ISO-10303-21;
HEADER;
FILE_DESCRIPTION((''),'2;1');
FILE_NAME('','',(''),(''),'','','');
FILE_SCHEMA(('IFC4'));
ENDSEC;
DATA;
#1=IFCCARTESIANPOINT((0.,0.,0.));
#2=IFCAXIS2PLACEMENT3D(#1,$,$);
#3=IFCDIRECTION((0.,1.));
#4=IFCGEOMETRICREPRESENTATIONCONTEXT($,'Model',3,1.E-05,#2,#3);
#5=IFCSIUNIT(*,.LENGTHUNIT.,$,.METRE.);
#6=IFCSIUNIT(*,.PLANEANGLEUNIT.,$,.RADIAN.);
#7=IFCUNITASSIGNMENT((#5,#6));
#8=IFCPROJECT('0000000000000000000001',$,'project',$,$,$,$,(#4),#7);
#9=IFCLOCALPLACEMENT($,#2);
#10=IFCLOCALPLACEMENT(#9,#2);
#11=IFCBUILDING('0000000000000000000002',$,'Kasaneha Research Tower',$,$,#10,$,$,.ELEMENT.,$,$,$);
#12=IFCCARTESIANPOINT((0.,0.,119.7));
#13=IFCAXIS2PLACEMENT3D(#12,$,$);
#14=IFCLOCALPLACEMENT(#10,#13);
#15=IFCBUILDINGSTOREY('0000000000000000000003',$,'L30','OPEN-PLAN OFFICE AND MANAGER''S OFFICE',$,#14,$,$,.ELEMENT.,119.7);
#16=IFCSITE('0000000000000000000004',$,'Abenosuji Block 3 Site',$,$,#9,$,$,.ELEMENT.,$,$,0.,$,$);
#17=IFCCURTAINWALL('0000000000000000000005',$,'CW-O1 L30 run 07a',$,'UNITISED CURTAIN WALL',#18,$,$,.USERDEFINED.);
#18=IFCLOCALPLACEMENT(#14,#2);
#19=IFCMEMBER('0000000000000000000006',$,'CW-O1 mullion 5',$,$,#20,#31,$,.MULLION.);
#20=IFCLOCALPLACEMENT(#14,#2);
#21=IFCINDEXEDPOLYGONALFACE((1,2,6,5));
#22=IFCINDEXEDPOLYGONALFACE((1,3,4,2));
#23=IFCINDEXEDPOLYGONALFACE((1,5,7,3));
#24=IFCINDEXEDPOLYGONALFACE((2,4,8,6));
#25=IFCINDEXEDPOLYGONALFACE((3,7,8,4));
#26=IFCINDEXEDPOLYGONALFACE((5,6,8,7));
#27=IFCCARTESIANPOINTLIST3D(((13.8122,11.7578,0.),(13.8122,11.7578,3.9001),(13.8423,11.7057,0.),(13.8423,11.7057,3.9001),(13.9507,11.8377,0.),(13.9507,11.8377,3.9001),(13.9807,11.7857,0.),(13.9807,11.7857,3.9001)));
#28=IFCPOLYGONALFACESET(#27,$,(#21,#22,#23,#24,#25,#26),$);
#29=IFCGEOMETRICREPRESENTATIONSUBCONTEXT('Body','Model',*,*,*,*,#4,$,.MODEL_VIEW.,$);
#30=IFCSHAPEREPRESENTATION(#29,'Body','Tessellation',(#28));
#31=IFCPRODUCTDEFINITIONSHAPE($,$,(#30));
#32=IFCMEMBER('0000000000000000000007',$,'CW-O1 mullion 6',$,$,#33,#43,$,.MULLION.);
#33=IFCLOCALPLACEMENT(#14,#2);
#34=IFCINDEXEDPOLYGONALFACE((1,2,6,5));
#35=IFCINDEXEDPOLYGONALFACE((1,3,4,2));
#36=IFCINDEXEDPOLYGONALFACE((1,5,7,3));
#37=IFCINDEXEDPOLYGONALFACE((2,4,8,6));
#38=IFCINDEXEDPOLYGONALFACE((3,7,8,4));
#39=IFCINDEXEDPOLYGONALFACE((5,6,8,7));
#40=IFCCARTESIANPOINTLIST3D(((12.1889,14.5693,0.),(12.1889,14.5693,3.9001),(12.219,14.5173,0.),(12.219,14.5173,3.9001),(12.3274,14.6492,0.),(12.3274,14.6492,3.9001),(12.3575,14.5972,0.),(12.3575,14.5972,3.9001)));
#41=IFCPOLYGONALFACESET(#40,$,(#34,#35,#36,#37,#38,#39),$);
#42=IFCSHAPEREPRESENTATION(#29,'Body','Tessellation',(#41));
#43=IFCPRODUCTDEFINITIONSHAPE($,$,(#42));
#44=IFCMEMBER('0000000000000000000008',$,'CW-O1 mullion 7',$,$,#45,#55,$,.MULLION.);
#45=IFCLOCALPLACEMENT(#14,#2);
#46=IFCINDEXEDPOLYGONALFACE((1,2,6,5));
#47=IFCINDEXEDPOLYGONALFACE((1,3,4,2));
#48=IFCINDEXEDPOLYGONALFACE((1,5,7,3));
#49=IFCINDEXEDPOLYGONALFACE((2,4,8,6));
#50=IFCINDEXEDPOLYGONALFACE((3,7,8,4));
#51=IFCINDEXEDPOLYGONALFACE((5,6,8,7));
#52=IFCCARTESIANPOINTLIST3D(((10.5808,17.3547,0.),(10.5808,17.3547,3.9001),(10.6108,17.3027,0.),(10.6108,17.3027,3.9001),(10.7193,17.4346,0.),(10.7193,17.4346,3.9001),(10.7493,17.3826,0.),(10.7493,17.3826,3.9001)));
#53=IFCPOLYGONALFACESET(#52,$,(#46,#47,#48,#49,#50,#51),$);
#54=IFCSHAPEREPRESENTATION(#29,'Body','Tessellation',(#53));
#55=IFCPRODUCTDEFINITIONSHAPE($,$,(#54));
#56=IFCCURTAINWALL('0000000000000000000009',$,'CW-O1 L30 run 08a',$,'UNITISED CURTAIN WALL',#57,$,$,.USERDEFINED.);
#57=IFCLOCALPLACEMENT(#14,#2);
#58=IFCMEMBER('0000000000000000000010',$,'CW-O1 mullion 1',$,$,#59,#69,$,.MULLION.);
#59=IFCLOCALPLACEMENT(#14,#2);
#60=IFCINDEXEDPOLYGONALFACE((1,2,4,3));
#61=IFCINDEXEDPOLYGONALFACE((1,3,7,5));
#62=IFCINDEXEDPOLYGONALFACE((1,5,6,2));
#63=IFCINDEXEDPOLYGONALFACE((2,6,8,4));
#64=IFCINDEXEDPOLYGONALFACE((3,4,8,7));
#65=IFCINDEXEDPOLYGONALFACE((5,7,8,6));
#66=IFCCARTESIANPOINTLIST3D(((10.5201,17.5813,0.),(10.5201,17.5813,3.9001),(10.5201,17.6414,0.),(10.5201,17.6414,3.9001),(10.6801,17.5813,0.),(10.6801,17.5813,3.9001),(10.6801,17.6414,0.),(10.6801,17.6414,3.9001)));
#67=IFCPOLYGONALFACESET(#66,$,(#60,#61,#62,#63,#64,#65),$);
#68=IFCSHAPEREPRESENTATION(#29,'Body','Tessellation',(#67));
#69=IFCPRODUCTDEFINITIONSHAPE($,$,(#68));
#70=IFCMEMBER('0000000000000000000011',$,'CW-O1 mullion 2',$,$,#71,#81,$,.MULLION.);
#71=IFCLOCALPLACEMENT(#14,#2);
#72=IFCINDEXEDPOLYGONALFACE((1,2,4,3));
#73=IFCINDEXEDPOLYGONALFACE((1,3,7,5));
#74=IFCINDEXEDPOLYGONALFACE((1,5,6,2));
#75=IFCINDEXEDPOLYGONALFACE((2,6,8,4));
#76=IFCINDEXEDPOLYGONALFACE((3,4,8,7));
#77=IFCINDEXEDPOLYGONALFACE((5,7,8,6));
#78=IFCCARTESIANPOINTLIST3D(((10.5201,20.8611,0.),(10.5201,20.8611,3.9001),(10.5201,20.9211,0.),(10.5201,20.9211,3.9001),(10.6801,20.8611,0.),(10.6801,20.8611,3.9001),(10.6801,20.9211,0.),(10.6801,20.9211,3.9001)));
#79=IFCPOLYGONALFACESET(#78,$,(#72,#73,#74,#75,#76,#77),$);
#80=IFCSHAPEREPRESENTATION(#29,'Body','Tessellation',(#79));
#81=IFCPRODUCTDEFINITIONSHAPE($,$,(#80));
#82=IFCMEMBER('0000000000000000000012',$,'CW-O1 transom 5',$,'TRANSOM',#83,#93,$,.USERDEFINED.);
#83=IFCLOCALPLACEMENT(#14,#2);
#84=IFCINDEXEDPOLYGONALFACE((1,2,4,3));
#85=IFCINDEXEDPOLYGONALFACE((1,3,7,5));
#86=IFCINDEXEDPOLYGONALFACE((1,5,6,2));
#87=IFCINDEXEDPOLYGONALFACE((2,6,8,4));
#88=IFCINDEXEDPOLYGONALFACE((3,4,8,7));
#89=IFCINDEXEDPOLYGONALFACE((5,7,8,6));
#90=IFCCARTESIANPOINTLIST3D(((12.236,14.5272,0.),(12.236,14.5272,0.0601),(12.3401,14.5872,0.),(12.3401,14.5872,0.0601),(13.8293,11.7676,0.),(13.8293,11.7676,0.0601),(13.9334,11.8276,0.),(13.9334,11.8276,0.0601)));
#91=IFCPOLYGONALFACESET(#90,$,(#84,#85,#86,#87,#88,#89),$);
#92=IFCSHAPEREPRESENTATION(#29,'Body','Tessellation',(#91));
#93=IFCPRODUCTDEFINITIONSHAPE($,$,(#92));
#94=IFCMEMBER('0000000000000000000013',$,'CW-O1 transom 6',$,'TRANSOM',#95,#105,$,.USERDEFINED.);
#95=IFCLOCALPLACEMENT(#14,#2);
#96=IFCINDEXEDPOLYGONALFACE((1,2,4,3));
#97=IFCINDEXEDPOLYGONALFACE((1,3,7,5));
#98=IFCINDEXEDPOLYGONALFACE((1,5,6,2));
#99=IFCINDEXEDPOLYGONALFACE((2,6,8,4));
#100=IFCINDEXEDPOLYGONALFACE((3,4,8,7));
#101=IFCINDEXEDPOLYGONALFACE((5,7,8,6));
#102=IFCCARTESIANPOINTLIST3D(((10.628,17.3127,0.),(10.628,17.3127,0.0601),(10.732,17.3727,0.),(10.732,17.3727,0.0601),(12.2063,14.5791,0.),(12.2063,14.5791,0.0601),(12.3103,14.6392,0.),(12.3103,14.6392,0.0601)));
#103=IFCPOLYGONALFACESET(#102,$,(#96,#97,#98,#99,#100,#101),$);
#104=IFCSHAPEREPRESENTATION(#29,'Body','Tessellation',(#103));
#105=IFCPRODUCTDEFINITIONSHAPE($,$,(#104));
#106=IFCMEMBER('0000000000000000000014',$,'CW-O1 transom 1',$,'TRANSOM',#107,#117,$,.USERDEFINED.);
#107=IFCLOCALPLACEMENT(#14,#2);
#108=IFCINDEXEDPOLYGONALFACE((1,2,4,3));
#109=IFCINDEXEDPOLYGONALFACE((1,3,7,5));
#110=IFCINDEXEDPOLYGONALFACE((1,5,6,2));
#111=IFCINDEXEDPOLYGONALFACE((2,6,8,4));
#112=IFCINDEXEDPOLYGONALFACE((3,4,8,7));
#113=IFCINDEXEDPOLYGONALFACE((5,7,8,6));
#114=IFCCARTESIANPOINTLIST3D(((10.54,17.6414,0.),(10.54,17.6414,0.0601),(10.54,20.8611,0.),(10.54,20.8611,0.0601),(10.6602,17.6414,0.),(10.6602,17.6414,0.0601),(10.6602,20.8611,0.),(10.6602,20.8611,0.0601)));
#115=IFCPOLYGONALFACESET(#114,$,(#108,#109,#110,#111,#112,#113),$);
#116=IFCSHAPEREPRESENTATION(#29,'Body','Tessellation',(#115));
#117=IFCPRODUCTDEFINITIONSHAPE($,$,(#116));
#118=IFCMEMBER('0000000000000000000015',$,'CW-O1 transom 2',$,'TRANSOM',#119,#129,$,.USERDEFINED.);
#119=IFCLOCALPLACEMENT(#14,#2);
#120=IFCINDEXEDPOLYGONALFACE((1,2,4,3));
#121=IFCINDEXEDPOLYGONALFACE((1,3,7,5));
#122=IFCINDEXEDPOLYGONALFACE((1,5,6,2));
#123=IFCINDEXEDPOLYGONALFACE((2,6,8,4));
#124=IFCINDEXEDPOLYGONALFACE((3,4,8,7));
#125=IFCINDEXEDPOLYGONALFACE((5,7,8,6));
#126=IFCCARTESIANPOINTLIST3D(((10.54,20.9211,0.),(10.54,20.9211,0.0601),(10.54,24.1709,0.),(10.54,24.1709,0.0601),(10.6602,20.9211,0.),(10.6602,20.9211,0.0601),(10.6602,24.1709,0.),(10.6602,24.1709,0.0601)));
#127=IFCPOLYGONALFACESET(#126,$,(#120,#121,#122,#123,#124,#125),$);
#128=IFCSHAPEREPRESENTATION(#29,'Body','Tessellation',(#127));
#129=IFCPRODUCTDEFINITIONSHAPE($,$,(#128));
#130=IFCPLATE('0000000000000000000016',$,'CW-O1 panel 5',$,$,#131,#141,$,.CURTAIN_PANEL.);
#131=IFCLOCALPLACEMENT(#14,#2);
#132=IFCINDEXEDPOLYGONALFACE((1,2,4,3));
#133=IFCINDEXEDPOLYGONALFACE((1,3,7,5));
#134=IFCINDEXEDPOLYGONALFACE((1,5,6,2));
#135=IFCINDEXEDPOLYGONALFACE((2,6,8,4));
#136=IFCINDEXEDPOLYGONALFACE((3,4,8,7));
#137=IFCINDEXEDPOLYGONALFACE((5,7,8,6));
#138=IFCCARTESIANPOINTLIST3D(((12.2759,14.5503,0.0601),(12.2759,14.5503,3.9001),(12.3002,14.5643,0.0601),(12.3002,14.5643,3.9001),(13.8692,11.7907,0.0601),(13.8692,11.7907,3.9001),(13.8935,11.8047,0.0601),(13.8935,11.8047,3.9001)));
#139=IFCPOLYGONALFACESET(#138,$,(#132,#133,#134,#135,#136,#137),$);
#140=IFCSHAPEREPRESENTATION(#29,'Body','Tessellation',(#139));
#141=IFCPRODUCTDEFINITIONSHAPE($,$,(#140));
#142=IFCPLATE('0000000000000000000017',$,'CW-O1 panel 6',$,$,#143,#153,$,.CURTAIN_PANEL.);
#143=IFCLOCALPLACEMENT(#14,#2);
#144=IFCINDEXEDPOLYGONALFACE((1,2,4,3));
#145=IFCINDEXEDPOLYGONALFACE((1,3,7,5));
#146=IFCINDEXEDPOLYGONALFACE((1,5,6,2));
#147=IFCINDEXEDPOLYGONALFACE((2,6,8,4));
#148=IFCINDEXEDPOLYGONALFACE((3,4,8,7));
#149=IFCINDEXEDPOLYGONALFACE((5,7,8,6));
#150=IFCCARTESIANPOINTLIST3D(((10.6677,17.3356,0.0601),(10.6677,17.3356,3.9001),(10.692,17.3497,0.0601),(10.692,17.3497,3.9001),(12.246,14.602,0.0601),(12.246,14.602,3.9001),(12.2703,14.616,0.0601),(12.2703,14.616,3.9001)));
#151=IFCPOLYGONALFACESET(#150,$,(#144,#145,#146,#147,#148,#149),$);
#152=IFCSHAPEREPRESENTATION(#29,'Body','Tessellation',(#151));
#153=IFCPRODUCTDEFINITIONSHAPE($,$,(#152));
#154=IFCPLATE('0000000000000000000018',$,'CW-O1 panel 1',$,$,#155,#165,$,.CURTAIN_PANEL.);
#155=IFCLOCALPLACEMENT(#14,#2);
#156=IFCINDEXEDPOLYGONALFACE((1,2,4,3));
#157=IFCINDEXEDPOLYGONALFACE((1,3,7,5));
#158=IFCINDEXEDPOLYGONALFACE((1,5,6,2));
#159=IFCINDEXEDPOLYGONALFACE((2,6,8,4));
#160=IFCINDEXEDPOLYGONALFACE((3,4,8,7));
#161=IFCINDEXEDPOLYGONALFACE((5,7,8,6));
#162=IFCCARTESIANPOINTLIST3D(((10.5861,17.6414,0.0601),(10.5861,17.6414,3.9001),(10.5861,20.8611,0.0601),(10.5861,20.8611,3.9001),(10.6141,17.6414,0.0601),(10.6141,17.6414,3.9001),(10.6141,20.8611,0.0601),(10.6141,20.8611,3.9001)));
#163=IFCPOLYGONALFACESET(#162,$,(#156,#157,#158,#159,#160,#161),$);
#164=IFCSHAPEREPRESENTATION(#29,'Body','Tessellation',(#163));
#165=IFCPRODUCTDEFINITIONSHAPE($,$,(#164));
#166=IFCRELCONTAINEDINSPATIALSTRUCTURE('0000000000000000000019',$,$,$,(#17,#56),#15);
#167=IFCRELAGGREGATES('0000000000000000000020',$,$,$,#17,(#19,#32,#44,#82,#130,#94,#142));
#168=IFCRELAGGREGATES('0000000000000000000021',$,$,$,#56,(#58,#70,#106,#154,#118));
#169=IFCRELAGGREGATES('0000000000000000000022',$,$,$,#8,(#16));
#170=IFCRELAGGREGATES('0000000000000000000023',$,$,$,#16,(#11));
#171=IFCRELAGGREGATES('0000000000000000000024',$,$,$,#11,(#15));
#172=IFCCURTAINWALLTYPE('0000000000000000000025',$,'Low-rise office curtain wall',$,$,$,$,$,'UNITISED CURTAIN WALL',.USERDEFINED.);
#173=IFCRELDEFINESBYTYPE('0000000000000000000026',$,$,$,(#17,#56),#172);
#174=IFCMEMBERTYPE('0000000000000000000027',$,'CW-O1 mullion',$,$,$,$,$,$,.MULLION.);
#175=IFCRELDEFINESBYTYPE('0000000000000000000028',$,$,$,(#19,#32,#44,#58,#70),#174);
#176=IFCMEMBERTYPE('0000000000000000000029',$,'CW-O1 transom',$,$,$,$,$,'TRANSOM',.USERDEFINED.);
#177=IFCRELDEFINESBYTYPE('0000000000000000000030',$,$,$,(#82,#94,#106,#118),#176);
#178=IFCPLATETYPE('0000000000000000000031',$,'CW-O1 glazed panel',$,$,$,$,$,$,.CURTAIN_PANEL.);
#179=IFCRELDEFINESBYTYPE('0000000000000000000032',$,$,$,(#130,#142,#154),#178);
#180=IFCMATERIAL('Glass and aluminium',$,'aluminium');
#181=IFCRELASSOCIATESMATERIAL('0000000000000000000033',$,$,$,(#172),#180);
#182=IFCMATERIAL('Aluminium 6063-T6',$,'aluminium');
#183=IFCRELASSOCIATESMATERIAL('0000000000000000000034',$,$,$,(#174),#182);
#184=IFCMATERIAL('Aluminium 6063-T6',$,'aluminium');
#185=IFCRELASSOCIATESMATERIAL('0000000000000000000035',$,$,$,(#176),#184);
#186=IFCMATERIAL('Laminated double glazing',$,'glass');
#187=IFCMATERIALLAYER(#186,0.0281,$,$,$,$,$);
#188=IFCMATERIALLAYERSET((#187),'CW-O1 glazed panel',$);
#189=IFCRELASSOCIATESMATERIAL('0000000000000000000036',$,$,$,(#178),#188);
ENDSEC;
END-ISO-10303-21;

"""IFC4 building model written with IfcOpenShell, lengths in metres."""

from ifc_helpers import new_model, si_unit, direction, frame, origin, origin_2d, place, context, subcontext, project, spatial, rectangle, extrude, material, layer, layer_set, material_profile, profile_set, type_object, element, aggregate, save


model = new_model("IFC4")

# Units and contexts
model_context = context("Model", 3, precision=1e-05, world=origin(), true_north=direction((0.0, 1.0)))
body_context = subcontext(model_context, "Body", "Model", "MODEL_VIEW")
ifc_project = project(units=[si_unit("LENGTHUNIT", "METRE"), si_unit("PLANEANGLEUNIT", "RADIAN")], contexts=[model_context])

# Site, building, storey
site_placement = place(None, origin())
site = spatial("IfcSite", under=ifc_project, at=site_placement, Name="Abenosuji Block 3 Site", CompositionType="ELEMENT", RefElevation=0.0)
building_placement = place(site_placement, origin())
building = spatial("IfcBuilding", under=site, at=building_placement, Name="Kasaneha Research Tower", CompositionType="ELEMENT")
storey_placement = place(building_placement, frame((0.0, 0.0, 119.7)))
storey = spatial("IfcBuildingStorey", under=building, at=storey_placement, Name="L30", Description="OPEN-PLAN OFFICE AND MANAGER'S OFFICE", CompositionType="ELEMENT", Elevation=119.7)

# Curtain walls, members
ifc_material_1 = material(Name="Glass and aluminium", Category="aluminium")
curtain_wall_type = type_object("IfcCurtainWallType", Name="Low-rise office curtain wall", ElementType="UNITISED CURTAIN WALL", PredefinedType="USERDEFINED", material=ifc_material_1)
curtain_wall_1_placement = place(storey_placement, origin())
curtain_wall_1 = element("IfcCurtainWall", 1, at=curtain_wall_1_placement, inside=storey, type_object=curtain_wall_type, Name="CW-O1 L30 run 07a", ObjectType="UNITISED CURTAIN WALL", PredefinedType="USERDEFINED")
ifc_material_2 = material(Name="Aluminium 6063-T6", Category="aluminium")
ifc_material_profile_1 = material_profile(ifc_material_2, rectangle(XDim=0.0601, YDim=0.1599, at=origin_2d()), Name="CW-O1 mullion 60x160")
ifc_profile_set_1 = profile_set([ifc_material_profile_1], Name="Aluminium 6063-T6")
member_type_1 = type_object("IfcMemberType", Name="CW-O1 mullion", PredefinedType="MULLION", material=ifc_profile_set_1)
member_1_placement = place(storey_placement, frame((13.8965, 11.7717, 0.0), z_axis=(0.0, 0.0, 1.0), x_axis=(-0.5, 0.866025, 0.0)))
member_1 = element("IfcMember", 2, at=member_1_placement, type_object=member_type_1, Name="CW-O1 mullion 5", PredefinedType="MULLION", context=body_context, shape_type="SweptSolid", body=[
    extrude(rectangle(XDim=0.0601, YDim=0.1599, at=origin_2d()), origin(), (0.0, 0.0, 1.0), 3.9001),
])
member_2_placement = place(storey_placement, frame((12.2732, 14.5833, 0.0), z_axis=(0.0, 0.0, 1.0), x_axis=(-0.5, 0.866025, 0.0)))
member_2 = element("IfcMember", 3, at=member_2_placement, type_object=member_type_1, Name="CW-O1 mullion 6", PredefinedType="MULLION", context=body_context, shape_type="SweptSolid", body=[
    extrude(rectangle(XDim=0.0601, YDim=0.1599, at=origin_2d()), origin(), (0.0, 0.0, 1.0), 3.9001),
])
member_3_placement = place(storey_placement, frame((10.665, 17.3687, 0.0), z_axis=(0.0, 0.0, 1.0), x_axis=(-0.5, 0.866025, 0.0)))
member_3 = element("IfcMember", 4, at=member_3_placement, type_object=member_type_1, Name="CW-O1 mullion 7", PredefinedType="MULLION", context=body_context, shape_type="SweptSolid", body=[
    extrude(rectangle(XDim=0.0601, YDim=0.1599, at=origin_2d()), origin(), (0.0, 0.0, 1.0), 3.9001),
])
curtain_wall_2_placement = place(storey_placement, origin())
curtain_wall_2 = element("IfcCurtainWall", 5, at=curtain_wall_2_placement, inside=storey, type_object=curtain_wall_type, Name="CW-O1 L30 run 08a", ObjectType="UNITISED CURTAIN WALL", PredefinedType="USERDEFINED")
member_4_placement = place(storey_placement, frame((10.6001, 17.6113, 0.0), z_axis=(0.0, 0.0, 1.0), x_axis=(0.0, 1.0, 0.0)))
member_4 = element("IfcMember", 6, at=member_4_placement, type_object=member_type_1, Name="CW-O1 mullion 1", PredefinedType="MULLION", context=body_context, shape_type="SweptSolid", body=[
    extrude(rectangle(XDim=0.0601, YDim=0.1599, at=origin_2d()), origin(), (0.0, 0.0, 1.0), 3.9001),
])
member_5_placement = place(storey_placement, frame((10.6001, 20.8911, 0.0), z_axis=(0.0, 0.0, 1.0), x_axis=(0.0, 1.0, 0.0)))
member_5 = element("IfcMember", 7, at=member_5_placement, type_object=member_type_1, Name="CW-O1 mullion 2", PredefinedType="MULLION", context=body_context, shape_type="SweptSolid", body=[
    extrude(rectangle(XDim=0.0601, YDim=0.1599, at=origin_2d()), origin(), (0.0, 0.0, 1.0), 3.9001),
])

# Members
ifc_material_3 = material(Name="Aluminium 6063-T6", Category="aluminium")
ifc_material_profile_2 = material_profile(ifc_material_3, rectangle(XDim=0.1201, YDim=0.0601, at=origin_2d()), Name="CW-O1 transom 120x60")
ifc_profile_set_2 = profile_set([ifc_material_profile_2], Name="Aluminium 6063-T6")
member_type_2 = type_object("IfcMemberType", Name="CW-O1 transom", ElementType="TRANSOM", PredefinedType="USERDEFINED", material=ifc_profile_set_2)
member_6_placement = place(storey_placement, frame((13.8813, 11.7976, 0.03), z_axis=(-0.500012, 0.866018, 0.0), x_axis=(-0.866018, -0.500012, 0.0)))
member_6 = element("IfcMember", 8, at=member_6_placement, type_object=member_type_2, Name="CW-O1 transom 5", ObjectType="TRANSOM", PredefinedType="USERDEFINED", context=body_context, shape_type="SweptSolid", body=[
    extrude(rectangle(XDim=0.1201, YDim=0.0601, at=origin_2d()), origin(), (0.0, 0.0, 1.0), 3.1865),
])
member_7_placement = place(storey_placement, frame((12.2583, 14.6091, 0.03), z_axis=(-0.500024, 0.866012, 0.0), x_axis=(-0.866012, -0.500024, 0.0)))
member_7 = element("IfcMember", 9, at=member_7_placement, type_object=member_type_2, Name="CW-O1 transom 6", ObjectType="TRANSOM", PredefinedType="USERDEFINED", context=body_context, shape_type="SweptSolid", body=[
    extrude(rectangle(XDim=0.1201, YDim=0.0601, at=origin_2d()), origin(), (0.0, 0.0, 1.0), 3.1565),
])
member_8_placement = place(storey_placement, frame((10.6001, 17.6414, 0.03), z_axis=(0.0, 1.0, 0.0), x_axis=(-1.0, 0.0, 0.0)))
member_8 = element("IfcMember", 10, at=member_8_placement, type_object=member_type_2, Name="CW-O1 transom 1", ObjectType="TRANSOM", PredefinedType="USERDEFINED", context=body_context, shape_type="SweptSolid", body=[
    extrude(rectangle(XDim=0.1201, YDim=0.0601, at=origin_2d()), origin(), (0.0, 0.0, 1.0), 3.2197),
])
member_9_placement = place(storey_placement, frame((10.6001, 20.9211, 0.03), z_axis=(0.0, 1.0, 0.0), x_axis=(-1.0, 0.0, 0.0)))
member_9 = element("IfcMember", 11, at=member_9_placement, type_object=member_type_2, Name="CW-O1 transom 2", ObjectType="TRANSOM", PredefinedType="USERDEFINED", context=body_context, shape_type="SweptSolid", body=[
    extrude(rectangle(XDim=0.1201, YDim=0.0601, at=origin_2d()), origin(), (0.0, 0.0, 1.0), 3.2498),
])

# Plates
ifc_material_4 = material(Name="Laminated double glazing", Category="glass")
ifc_layer_1 = layer(ifc_material_4, 0.0281)
ifc_layer_set_1 = layer_set([ifc_layer_1], Name="CW-O1 glazed panel")
plate_type = type_object("IfcPlateType", Name="CW-O1 glazed panel", PredefinedType="CURTAIN_PANEL", material=ifc_layer_set_1)
plate_1_placement = place(storey_placement, frame((13.0847, 13.1775, 0.0601), z_axis=(0.0, 0.0, 1.0), x_axis=(-0.5, 0.866025, 0.0)))
plate_1 = element("IfcPlate", 12, at=plate_1_placement, type_object=plate_type, Name="CW-O1 panel 5", PredefinedType="CURTAIN_PANEL", context=body_context, shape_type="SweptSolid", body=[
    extrude(rectangle(XDim=3.1865, YDim=0.0281, at=origin_2d()), origin(), (0.0, 0.0, 1.0), 3.8401),
])
plate_2_placement = place(storey_placement, frame((11.469, 15.9758, 0.0601), z_axis=(0.0, 0.0, 1.0), x_axis=(-0.5, 0.866025, 0.0)))
plate_2 = element("IfcPlate", 13, at=plate_2_placement, type_object=plate_type, Name="CW-O1 panel 6", PredefinedType="CURTAIN_PANEL", context=body_context, shape_type="SweptSolid", body=[
    extrude(rectangle(XDim=3.1565, YDim=0.0281, at=origin_2d()), origin(), (0.0, 0.0, 1.0), 3.8401),
])
aggregate(curtain_wall_1, [member_1, member_2, member_3, member_6, plate_1, member_7, plate_2])
plate_3_placement = place(storey_placement, frame((10.6001, 19.2512, 0.0601), z_axis=(0.0, 0.0, 1.0), x_axis=(0.0, 1.0, 0.0)))
plate_3 = element("IfcPlate", 14, at=plate_3_placement, type_object=plate_type, Name="CW-O1 panel 1", PredefinedType="CURTAIN_PANEL", context=body_context, shape_type="SweptSolid", body=[
    extrude(rectangle(XDim=3.2197, YDim=0.0281, at=origin_2d()), origin(), (0.0, 0.0, 1.0), 3.8401),
])
aggregate(curtain_wall_2, [member_4, member_5, member_8, plate_3, member_9])

save(model, "model.ifc")
